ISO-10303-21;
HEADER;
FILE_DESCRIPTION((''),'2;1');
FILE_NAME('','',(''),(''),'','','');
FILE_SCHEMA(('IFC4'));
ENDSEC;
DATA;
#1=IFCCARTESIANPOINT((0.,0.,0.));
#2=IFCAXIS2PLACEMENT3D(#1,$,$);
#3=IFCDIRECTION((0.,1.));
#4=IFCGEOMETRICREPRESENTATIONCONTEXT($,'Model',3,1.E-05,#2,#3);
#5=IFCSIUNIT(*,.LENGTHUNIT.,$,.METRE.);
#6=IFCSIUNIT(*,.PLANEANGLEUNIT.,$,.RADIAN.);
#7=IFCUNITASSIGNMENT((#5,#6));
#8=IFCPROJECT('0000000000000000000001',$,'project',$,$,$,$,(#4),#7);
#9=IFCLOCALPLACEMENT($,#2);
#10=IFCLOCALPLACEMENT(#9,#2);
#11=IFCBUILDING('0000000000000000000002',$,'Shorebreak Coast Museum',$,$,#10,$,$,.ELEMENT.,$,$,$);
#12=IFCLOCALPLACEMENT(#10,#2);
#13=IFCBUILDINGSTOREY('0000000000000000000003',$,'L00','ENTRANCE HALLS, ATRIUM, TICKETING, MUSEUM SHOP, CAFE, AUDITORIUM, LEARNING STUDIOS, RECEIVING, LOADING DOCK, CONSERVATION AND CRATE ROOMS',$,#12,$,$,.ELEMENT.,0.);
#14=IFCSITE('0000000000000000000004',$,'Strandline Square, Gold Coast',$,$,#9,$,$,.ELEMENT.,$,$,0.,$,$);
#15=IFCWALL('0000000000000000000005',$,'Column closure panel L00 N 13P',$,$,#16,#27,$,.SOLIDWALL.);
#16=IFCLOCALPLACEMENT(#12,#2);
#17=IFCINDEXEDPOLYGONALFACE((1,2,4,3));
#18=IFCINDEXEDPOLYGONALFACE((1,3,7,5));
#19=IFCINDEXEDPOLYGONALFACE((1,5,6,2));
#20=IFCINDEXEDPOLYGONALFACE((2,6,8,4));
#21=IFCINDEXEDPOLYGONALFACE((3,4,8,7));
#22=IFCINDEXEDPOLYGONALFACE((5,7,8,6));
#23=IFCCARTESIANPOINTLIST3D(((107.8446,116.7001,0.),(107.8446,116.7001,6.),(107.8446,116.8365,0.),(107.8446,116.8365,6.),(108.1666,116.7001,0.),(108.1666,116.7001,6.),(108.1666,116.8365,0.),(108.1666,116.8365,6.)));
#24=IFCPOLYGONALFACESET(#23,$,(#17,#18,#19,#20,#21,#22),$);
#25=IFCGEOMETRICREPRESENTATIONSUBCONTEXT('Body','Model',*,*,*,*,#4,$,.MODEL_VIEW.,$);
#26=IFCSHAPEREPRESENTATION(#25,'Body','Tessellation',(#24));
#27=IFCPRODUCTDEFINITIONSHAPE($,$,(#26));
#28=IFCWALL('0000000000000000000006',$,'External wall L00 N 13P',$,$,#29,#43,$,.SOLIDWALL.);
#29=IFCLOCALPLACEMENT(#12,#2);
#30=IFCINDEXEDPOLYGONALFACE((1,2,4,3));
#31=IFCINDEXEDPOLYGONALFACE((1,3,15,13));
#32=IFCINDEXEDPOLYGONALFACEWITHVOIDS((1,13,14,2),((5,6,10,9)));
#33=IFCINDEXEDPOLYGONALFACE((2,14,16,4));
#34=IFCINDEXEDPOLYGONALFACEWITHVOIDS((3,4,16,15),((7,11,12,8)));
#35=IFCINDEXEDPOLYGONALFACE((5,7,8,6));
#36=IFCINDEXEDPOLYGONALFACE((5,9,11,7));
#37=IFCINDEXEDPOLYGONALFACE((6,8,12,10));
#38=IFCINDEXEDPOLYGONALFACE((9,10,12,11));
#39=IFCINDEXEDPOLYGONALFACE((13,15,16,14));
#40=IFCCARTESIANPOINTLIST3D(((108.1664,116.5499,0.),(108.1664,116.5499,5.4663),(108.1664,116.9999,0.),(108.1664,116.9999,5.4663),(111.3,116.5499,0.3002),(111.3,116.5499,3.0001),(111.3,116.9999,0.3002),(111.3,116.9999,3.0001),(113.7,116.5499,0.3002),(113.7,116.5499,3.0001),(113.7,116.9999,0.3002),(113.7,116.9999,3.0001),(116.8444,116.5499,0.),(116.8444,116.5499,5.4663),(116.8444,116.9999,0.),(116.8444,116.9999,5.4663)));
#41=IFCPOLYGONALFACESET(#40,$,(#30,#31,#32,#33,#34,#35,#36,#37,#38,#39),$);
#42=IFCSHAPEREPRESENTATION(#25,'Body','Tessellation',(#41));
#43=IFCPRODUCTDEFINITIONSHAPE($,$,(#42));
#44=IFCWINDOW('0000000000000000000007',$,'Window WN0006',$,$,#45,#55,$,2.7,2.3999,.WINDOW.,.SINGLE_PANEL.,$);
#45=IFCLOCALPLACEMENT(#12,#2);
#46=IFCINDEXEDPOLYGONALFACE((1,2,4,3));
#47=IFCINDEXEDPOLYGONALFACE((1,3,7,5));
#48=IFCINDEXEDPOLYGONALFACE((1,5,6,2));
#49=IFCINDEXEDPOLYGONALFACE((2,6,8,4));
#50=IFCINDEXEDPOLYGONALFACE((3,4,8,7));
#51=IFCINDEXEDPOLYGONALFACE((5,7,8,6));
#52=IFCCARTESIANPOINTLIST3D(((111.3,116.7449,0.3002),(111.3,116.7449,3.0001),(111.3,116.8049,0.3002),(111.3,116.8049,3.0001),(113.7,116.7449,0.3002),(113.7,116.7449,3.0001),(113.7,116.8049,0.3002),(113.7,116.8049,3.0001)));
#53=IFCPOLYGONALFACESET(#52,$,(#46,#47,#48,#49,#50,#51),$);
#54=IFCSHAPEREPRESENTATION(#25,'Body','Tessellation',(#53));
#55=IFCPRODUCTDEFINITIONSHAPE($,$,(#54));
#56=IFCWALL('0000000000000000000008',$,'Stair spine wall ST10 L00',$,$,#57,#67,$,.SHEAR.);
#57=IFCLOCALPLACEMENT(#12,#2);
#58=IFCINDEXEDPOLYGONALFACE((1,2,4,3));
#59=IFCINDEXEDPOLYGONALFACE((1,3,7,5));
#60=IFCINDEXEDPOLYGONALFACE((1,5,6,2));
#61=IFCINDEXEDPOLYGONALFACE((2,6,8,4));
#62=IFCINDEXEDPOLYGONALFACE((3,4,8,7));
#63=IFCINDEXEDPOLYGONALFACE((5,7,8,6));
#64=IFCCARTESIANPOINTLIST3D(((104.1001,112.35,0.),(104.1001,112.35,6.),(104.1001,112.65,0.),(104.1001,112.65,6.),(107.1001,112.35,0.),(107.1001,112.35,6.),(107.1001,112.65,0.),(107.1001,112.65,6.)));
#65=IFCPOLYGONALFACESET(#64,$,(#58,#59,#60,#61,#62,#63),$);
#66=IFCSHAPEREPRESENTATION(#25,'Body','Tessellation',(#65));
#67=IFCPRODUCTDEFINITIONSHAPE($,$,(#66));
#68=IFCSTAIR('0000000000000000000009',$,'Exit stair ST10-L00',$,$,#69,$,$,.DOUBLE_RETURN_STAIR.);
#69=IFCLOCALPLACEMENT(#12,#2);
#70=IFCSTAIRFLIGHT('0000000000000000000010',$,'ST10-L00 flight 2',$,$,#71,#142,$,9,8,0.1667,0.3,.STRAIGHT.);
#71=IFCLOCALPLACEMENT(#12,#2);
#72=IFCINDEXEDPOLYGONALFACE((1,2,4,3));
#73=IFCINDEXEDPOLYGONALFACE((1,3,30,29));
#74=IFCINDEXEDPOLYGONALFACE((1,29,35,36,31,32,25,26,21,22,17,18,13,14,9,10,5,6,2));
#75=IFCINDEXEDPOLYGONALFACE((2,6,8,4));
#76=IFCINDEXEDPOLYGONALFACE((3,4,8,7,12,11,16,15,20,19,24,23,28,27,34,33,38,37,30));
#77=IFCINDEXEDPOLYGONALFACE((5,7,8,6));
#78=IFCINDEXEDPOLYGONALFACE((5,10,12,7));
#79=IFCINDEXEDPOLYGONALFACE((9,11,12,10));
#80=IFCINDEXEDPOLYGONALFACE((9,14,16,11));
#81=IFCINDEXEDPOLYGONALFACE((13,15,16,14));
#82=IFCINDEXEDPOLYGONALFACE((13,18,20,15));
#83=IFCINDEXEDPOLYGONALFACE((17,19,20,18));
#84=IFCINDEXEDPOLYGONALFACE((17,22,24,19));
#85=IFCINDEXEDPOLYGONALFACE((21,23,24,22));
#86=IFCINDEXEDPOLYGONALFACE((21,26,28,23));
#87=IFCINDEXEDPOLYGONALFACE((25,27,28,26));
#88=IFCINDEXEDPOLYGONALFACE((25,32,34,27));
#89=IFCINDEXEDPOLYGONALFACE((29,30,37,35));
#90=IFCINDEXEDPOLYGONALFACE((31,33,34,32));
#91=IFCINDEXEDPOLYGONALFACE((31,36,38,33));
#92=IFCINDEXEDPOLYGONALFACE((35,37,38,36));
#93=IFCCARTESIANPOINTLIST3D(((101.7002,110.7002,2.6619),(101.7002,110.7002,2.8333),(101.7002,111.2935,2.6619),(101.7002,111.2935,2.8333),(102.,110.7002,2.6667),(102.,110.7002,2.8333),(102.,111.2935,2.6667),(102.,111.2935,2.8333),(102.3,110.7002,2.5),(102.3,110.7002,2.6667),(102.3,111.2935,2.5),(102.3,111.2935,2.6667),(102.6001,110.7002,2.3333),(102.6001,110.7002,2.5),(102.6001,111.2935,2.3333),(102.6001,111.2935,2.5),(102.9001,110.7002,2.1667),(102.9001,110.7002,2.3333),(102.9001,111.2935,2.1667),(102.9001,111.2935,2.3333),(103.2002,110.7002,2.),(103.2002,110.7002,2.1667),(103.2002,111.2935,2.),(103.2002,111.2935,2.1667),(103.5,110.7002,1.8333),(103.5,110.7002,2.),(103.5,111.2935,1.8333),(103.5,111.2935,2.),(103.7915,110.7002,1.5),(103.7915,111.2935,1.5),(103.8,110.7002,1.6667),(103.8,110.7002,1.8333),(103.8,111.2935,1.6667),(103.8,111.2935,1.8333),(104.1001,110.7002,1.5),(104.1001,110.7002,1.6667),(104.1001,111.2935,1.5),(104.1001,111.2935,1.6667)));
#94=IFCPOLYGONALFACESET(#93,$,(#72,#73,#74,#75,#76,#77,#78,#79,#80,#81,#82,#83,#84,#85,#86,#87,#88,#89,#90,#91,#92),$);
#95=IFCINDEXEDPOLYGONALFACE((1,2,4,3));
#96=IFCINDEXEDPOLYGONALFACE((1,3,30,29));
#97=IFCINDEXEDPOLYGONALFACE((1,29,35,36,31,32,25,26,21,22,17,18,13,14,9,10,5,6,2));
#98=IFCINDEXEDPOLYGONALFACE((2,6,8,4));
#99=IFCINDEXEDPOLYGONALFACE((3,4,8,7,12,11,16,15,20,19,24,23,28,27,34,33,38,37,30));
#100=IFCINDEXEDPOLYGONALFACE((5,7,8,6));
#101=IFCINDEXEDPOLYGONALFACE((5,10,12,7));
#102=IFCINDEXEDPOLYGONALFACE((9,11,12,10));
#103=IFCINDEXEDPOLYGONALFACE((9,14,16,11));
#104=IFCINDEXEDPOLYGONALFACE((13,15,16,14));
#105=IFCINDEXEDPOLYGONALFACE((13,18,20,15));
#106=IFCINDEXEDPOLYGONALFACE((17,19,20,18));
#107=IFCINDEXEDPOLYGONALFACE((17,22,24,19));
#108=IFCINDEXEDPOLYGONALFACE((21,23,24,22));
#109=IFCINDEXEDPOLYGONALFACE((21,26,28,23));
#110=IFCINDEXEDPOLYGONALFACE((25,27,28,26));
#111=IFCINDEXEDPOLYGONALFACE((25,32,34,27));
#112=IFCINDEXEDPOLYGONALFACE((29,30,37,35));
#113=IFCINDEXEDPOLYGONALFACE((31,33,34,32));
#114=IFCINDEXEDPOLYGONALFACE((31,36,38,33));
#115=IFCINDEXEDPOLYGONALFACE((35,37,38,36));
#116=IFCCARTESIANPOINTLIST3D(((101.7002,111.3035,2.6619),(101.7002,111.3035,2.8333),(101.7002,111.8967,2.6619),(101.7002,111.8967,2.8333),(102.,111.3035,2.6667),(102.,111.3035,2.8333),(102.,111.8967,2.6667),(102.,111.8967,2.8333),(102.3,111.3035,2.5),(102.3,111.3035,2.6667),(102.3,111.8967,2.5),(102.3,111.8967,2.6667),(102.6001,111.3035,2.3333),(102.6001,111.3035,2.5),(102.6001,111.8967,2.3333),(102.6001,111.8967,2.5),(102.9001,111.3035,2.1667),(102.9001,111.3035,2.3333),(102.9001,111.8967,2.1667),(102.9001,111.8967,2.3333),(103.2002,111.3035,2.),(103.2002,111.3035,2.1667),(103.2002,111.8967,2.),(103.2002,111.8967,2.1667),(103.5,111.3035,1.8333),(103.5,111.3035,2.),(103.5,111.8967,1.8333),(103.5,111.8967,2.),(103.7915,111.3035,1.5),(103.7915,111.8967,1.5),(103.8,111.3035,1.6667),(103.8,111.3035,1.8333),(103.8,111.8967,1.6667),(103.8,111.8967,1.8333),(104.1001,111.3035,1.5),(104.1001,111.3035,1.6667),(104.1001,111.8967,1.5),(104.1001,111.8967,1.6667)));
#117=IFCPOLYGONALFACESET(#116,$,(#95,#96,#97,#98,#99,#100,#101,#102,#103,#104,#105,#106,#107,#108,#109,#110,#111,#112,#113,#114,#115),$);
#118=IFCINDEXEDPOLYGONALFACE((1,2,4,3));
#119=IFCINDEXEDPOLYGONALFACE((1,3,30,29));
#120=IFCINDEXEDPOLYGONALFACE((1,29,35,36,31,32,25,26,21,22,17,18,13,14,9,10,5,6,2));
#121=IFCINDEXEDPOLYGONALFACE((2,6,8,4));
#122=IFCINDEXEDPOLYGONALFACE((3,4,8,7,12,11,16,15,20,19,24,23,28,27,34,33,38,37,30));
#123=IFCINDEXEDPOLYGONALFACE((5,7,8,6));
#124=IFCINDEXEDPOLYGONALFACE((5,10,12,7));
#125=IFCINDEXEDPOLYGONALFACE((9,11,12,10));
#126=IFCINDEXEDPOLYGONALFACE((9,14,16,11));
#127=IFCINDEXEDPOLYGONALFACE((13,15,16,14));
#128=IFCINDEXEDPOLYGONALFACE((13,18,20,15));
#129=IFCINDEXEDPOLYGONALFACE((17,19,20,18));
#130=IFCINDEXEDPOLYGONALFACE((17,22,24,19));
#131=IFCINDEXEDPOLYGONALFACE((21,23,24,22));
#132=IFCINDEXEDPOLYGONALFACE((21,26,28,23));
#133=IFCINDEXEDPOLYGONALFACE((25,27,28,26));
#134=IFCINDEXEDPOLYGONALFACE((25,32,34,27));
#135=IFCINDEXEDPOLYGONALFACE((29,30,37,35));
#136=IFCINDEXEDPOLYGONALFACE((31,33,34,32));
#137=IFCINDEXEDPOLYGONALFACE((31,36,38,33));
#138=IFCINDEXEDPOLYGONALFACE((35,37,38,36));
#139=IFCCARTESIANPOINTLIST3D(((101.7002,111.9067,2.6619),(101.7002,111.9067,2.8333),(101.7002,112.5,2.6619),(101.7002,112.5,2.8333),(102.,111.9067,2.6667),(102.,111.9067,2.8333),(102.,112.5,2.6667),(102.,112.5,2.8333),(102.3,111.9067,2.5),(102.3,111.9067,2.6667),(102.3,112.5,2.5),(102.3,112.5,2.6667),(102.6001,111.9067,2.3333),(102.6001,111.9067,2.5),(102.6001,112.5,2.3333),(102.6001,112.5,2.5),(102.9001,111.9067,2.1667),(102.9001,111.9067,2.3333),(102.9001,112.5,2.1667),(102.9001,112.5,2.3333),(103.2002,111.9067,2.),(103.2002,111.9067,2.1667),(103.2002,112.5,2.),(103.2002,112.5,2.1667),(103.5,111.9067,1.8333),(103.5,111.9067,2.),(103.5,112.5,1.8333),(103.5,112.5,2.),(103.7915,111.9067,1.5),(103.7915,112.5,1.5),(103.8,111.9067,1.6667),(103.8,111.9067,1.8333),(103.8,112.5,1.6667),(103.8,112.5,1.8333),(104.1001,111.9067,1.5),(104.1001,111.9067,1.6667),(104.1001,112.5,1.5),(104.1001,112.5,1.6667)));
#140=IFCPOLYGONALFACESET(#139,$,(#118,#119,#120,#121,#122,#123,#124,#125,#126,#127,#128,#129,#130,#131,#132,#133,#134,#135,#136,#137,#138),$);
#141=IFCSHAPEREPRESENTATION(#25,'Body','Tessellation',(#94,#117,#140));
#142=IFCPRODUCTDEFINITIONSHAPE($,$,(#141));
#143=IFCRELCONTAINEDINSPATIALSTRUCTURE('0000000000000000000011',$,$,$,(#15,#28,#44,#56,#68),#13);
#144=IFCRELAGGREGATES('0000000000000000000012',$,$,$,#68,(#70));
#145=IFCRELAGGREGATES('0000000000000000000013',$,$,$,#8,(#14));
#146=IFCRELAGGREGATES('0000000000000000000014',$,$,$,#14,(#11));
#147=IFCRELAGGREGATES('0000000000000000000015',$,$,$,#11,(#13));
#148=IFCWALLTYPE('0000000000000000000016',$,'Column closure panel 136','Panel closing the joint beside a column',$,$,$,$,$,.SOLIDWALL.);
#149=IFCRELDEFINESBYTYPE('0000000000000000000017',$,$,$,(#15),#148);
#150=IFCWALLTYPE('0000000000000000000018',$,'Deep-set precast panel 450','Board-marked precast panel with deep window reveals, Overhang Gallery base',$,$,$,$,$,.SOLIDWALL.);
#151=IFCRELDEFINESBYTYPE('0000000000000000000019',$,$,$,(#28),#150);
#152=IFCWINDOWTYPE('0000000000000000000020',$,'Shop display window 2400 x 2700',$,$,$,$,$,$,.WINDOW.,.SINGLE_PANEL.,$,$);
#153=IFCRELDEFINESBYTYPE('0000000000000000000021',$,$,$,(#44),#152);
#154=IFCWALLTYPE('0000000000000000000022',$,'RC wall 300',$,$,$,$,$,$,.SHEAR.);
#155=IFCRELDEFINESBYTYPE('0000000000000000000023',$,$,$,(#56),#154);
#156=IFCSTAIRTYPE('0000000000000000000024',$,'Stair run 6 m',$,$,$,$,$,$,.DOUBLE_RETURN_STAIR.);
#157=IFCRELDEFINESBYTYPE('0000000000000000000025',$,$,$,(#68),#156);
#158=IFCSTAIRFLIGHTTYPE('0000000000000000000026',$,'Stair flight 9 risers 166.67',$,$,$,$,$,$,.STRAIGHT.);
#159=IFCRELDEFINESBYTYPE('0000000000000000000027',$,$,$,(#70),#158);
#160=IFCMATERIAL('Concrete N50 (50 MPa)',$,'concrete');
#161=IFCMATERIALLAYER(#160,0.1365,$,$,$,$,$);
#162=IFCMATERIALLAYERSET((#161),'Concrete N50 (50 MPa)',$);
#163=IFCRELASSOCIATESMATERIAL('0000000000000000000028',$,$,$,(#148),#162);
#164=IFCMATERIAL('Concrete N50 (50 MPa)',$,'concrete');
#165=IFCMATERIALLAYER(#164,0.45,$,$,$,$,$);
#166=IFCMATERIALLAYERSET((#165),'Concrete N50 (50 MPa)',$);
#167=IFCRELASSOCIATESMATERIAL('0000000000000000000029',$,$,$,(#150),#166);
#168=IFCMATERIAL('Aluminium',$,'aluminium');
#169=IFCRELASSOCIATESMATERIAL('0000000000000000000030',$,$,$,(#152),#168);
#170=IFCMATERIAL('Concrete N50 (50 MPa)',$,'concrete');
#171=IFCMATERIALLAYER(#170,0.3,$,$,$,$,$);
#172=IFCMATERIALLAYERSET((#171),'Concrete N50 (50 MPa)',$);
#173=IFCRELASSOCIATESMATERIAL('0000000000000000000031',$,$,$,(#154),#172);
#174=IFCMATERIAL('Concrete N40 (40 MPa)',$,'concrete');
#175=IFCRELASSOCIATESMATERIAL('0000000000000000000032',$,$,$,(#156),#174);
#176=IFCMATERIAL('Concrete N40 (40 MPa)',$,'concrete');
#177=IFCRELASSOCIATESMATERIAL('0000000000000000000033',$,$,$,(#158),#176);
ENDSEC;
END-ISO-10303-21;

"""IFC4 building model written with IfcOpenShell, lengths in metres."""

from ifc_helpers import new_model, si_unit, direction, frame, frame_2d, origin, place, context, subcontext, project, spatial, polyline, rectangle, outline, extrude, material, layer, layer_set, type_object, element, fill, aggregate, save


model = new_model("IFC4")

# Units and contexts
model_context = context("Model", 3, precision=1e-05, world=origin(), true_north=direction((0.0, 1.0)))
body_context = subcontext(model_context, "Body", "Model", "MODEL_VIEW")
ifc_project = project(units=[si_unit("LENGTHUNIT", "METRE"), si_unit("PLANEANGLEUNIT", "RADIAN")], contexts=[model_context])

# Site, building, storey
site_placement = place(None, origin())
site = spatial("IfcSite", under=ifc_project, at=site_placement, Name="Strandline Square, Gold Coast", CompositionType="ELEMENT", RefElevation=0.0)
building_placement = place(site_placement, origin())
building = spatial("IfcBuilding", under=site, at=building_placement, Name="Shorebreak Coast Museum", CompositionType="ELEMENT")
storey_placement = place(building_placement, origin())
storey = spatial("IfcBuildingStorey", under=building, at=storey_placement, Name="L00", Description="ENTRANCE HALLS, ATRIUM, TICKETING, MUSEUM SHOP, CAFE, AUDITORIUM, LEARNING STUDIOS, RECEIVING, LOADING DOCK, CONSERVATION AND CRATE ROOMS", CompositionType="ELEMENT", Elevation=0.0)

# Wall
ifc_material_1 = material(Name="Concrete N50 (50 MPa)", Category="concrete")
ifc_layer_1 = layer(ifc_material_1, 0.1365)
ifc_layer_set_1 = layer_set([ifc_layer_1], Name="Concrete N50 (50 MPa)")
wall_type_1 = type_object("IfcWallType", Name="Column closure panel 136", Description="Panel closing the joint beside a column", PredefinedType="SOLIDWALL", material=ifc_layer_set_1)
wall_1_placement = place(storey_placement, frame((107.8445, 116.7683, 0.0), z_axis=(0.0, 0.0, 1.0), x_axis=(1.0, 0.0, 0.0)))
element("IfcWall", 1, at=wall_1_placement, inside=storey, type_object=wall_type_1, Name="Column closure panel L00 N 13P", PredefinedType="SOLIDWALL", context=body_context, shape_type="SweptSolid", body=[
    extrude(rectangle(XDim=0.322, YDim=0.1365, at=frame_2d((0.1611, 0.0))), origin(), (0.0, 0.0, 1.0), 6.0),
])

# Wall, opening, window
ifc_material_2 = material(Name="Concrete N50 (50 MPa)", Category="concrete")
ifc_layer_2 = layer(ifc_material_2, 0.45)
ifc_layer_set_2 = layer_set([ifc_layer_2], Name="Concrete N50 (50 MPa)")
wall_type_2 = type_object("IfcWallType", Name="Deep-set precast panel 450", Description="Board-marked precast panel with deep window reveals, Overhang Gallery base", PredefinedType="SOLIDWALL", material=ifc_layer_set_2)
wall_2_placement = place(storey_placement, frame((108.1665, 116.7749, 0.0), z_axis=(0.0, 0.0, 1.0), x_axis=(1.0, 0.0, 0.0)))
wall_2 = element("IfcWall", 2, at=wall_2_placement, inside=storey, type_object=wall_type_2, Name="External wall L00 N 13P", PredefinedType="SOLIDWALL", context=body_context, shape_type="SweptSolid", body=[
    extrude(rectangle(XDim=8.678, YDim=0.45, at=frame_2d((4.3389, 0.0))), origin(), (0.0, 0.0, 1.0), 5.4663),
])
opening_placement = place(wall_2_placement, frame((3.1335, 0.0, 0.3)))
opening = element("IfcOpeningElement", 3, at=opening_placement, cuts=wall_2, PredefinedType="OPENING", context=body_context, shape_type="SweptSolid", body=[
    extrude(rectangle(XDim=2.3999, YDim=2.7, at=frame_2d((1.2, 1.3501))), frame((0.0, 0.2349, 0.0), z_axis=(0.0, -1.0, 0.0), x_axis=(1.0, 0.0, 0.0)), (0.0, 0.0, 1.0), 0.47),
])
ifc_material_3 = material(Name="Aluminium", Category="aluminium")
window_type = type_object("IfcWindowType", Name="Shop display window 2400 x 2700", PartitioningType="SINGLE_PANEL", PredefinedType="WINDOW", material=ifc_material_3)
window_placement = place(opening_placement, origin())
window = element("IfcWindow", 4, at=window_placement, inside=storey, type_object=window_type, Name="Window WN0006", OverallHeight=2.7, OverallWidth=2.3999, PartitioningType="SINGLE_PANEL", PredefinedType="WINDOW", context=body_context, shape_type="SweptSolid", body=[
    extrude(rectangle(XDim=2.3999, YDim=2.7, at=frame_2d((1.2, 1.3501))), frame((0.0, 0.03, 0.0), z_axis=(0.0, -1.0, 0.0), x_axis=(1.0, 0.0, 0.0)), (0.0, 0.0, 1.0), 0.0601),
])
fill(opening, window)

# Wall
ifc_material_4 = material(Name="Concrete N50 (50 MPa)", Category="concrete")
ifc_layer_3 = layer(ifc_material_4, 0.3)
ifc_layer_set_3 = layer_set([ifc_layer_3], Name="Concrete N50 (50 MPa)")
wall_type_3 = type_object("IfcWallType", Name="RC wall 300", PredefinedType="SHEAR", material=ifc_layer_set_3)
wall_3_placement = place(storey_placement, frame((104.1001, 112.5, 0.0), z_axis=(0.0, 0.0, 1.0), x_axis=(1.0, 0.0, 0.0)))
element("IfcWall", 5, at=wall_3_placement, inside=storey, type_object=wall_type_3, Name="Stair spine wall ST10 L00", PredefinedType="SHEAR", context=body_context, shape_type="SweptSolid", body=[
    extrude(rectangle(XDim=3.0, YDim=0.3, at=frame_2d((1.5, 0.0))), origin(), (0.0, 0.0, 1.0), 6.0),
])

# Stair, stair flight
ifc_material_5 = material(Name="Concrete N40 (40 MPa)", Category="concrete")
stair_type = type_object("IfcStairType", Name="Stair run 6 m", PredefinedType="DOUBLE_RETURN_STAIR", material=ifc_material_5)
stair_placement = place(storey_placement, origin())
stair = element("IfcStair", 6, at=stair_placement, inside=storey, type_object=stair_type, Name="Exit stair ST10-L00", PredefinedType="DOUBLE_RETURN_STAIR")
ifc_material_6 = material(Name="Concrete N40 (40 MPa)", Category="concrete")
stair_flight_type = type_object("IfcStairFlightType", Name="Stair flight 9 risers 166.67", PredefinedType="STRAIGHT", material=ifc_material_6)
stair_flight_1_placement = place(storey_placement, frame((104.1001, 111.6001, 1.5), z_axis=(0.0, 0.0, 1.0), x_axis=(-1.0, 0.0, 0.0)))
stair_flight_1 = element("IfcStairFlight", 7, at=stair_flight_1_placement, type_object=stair_flight_type, Name="ST10-L00 flight 2", NumberOfRisers=9, NumberOfTreads=8, PredefinedType="STRAIGHT", RiserHeight=0.1667, TreadLength=0.3, context=body_context, shape_type="SweptSolid", body=[
    extrude(outline(polyline([(0.0, 0.0), (0.0, 0.1667), (0.3, 0.1667), (0.3, 0.3333), (0.6001, 0.3333), (0.6001, 0.5), (0.8999, 0.5), (0.8999, 0.6667), (1.2, 0.6667), (1.2, 0.8333), (1.5, 0.8333), (1.5, 1.0), (1.8, 1.0), (1.8, 1.1667), (2.1001, 1.1667), (2.1001, 1.3333), (2.3999, 1.3333), (2.3999, 1.5), (2.3999, 1.1619), (0.3086, 0.0), (0.0, 0.0)])), frame((0.0, 0.8999, 0.0), z_axis=(0.0, -1.0, 0.0), x_axis=(1.0, 0.0, 0.0)), (0.0, 0.0, 1.0), 0.5933),
    extrude(outline(polyline([(0.0, 0.0), (0.0, 0.1667), (0.3, 0.1667), (0.3, 0.3333), (0.6001, 0.3333), (0.6001, 0.5), (0.8999, 0.5), (0.8999, 0.6667), (1.2, 0.6667), (1.2, 0.8333), (1.5, 0.8333), (1.5, 1.0), (1.8, 1.0), (1.8, 1.1667), (2.1001, 1.1667), (2.1001, 1.3333), (2.3999, 1.3333), (2.3999, 1.5), (2.3999, 1.1619), (0.3086, 0.0), (0.0, 0.0)])), frame((0.0, 0.2966, 0.0), z_axis=(0.0, -1.0, 0.0), x_axis=(1.0, 0.0, 0.0)), (0.0, 0.0, 1.0), 0.5933),
    extrude(outline(polyline([(0.0, 0.0), (0.0, 0.1667), (0.3, 0.1667), (0.3, 0.3333), (0.6001, 0.3333), (0.6001, 0.5), (0.8999, 0.5), (0.8999, 0.6667), (1.2, 0.6667), (1.2, 0.8333), (1.5, 0.8333), (1.5, 1.0), (1.8, 1.0), (1.8, 1.1667), (2.1001, 1.1667), (2.1001, 1.3333), (2.3999, 1.3333), (2.3999, 1.5), (2.3999, 1.1619), (0.3086, 0.0), (0.0, 0.0)])), frame((0.0, -0.3066, 0.0), z_axis=(0.0, -1.0, 0.0), x_axis=(1.0, 0.0, 0.0)), (0.0, 0.0, 1.0), 0.5933),
])
aggregate(stair, [stair_flight_1])

save(model, "model.ifc")
